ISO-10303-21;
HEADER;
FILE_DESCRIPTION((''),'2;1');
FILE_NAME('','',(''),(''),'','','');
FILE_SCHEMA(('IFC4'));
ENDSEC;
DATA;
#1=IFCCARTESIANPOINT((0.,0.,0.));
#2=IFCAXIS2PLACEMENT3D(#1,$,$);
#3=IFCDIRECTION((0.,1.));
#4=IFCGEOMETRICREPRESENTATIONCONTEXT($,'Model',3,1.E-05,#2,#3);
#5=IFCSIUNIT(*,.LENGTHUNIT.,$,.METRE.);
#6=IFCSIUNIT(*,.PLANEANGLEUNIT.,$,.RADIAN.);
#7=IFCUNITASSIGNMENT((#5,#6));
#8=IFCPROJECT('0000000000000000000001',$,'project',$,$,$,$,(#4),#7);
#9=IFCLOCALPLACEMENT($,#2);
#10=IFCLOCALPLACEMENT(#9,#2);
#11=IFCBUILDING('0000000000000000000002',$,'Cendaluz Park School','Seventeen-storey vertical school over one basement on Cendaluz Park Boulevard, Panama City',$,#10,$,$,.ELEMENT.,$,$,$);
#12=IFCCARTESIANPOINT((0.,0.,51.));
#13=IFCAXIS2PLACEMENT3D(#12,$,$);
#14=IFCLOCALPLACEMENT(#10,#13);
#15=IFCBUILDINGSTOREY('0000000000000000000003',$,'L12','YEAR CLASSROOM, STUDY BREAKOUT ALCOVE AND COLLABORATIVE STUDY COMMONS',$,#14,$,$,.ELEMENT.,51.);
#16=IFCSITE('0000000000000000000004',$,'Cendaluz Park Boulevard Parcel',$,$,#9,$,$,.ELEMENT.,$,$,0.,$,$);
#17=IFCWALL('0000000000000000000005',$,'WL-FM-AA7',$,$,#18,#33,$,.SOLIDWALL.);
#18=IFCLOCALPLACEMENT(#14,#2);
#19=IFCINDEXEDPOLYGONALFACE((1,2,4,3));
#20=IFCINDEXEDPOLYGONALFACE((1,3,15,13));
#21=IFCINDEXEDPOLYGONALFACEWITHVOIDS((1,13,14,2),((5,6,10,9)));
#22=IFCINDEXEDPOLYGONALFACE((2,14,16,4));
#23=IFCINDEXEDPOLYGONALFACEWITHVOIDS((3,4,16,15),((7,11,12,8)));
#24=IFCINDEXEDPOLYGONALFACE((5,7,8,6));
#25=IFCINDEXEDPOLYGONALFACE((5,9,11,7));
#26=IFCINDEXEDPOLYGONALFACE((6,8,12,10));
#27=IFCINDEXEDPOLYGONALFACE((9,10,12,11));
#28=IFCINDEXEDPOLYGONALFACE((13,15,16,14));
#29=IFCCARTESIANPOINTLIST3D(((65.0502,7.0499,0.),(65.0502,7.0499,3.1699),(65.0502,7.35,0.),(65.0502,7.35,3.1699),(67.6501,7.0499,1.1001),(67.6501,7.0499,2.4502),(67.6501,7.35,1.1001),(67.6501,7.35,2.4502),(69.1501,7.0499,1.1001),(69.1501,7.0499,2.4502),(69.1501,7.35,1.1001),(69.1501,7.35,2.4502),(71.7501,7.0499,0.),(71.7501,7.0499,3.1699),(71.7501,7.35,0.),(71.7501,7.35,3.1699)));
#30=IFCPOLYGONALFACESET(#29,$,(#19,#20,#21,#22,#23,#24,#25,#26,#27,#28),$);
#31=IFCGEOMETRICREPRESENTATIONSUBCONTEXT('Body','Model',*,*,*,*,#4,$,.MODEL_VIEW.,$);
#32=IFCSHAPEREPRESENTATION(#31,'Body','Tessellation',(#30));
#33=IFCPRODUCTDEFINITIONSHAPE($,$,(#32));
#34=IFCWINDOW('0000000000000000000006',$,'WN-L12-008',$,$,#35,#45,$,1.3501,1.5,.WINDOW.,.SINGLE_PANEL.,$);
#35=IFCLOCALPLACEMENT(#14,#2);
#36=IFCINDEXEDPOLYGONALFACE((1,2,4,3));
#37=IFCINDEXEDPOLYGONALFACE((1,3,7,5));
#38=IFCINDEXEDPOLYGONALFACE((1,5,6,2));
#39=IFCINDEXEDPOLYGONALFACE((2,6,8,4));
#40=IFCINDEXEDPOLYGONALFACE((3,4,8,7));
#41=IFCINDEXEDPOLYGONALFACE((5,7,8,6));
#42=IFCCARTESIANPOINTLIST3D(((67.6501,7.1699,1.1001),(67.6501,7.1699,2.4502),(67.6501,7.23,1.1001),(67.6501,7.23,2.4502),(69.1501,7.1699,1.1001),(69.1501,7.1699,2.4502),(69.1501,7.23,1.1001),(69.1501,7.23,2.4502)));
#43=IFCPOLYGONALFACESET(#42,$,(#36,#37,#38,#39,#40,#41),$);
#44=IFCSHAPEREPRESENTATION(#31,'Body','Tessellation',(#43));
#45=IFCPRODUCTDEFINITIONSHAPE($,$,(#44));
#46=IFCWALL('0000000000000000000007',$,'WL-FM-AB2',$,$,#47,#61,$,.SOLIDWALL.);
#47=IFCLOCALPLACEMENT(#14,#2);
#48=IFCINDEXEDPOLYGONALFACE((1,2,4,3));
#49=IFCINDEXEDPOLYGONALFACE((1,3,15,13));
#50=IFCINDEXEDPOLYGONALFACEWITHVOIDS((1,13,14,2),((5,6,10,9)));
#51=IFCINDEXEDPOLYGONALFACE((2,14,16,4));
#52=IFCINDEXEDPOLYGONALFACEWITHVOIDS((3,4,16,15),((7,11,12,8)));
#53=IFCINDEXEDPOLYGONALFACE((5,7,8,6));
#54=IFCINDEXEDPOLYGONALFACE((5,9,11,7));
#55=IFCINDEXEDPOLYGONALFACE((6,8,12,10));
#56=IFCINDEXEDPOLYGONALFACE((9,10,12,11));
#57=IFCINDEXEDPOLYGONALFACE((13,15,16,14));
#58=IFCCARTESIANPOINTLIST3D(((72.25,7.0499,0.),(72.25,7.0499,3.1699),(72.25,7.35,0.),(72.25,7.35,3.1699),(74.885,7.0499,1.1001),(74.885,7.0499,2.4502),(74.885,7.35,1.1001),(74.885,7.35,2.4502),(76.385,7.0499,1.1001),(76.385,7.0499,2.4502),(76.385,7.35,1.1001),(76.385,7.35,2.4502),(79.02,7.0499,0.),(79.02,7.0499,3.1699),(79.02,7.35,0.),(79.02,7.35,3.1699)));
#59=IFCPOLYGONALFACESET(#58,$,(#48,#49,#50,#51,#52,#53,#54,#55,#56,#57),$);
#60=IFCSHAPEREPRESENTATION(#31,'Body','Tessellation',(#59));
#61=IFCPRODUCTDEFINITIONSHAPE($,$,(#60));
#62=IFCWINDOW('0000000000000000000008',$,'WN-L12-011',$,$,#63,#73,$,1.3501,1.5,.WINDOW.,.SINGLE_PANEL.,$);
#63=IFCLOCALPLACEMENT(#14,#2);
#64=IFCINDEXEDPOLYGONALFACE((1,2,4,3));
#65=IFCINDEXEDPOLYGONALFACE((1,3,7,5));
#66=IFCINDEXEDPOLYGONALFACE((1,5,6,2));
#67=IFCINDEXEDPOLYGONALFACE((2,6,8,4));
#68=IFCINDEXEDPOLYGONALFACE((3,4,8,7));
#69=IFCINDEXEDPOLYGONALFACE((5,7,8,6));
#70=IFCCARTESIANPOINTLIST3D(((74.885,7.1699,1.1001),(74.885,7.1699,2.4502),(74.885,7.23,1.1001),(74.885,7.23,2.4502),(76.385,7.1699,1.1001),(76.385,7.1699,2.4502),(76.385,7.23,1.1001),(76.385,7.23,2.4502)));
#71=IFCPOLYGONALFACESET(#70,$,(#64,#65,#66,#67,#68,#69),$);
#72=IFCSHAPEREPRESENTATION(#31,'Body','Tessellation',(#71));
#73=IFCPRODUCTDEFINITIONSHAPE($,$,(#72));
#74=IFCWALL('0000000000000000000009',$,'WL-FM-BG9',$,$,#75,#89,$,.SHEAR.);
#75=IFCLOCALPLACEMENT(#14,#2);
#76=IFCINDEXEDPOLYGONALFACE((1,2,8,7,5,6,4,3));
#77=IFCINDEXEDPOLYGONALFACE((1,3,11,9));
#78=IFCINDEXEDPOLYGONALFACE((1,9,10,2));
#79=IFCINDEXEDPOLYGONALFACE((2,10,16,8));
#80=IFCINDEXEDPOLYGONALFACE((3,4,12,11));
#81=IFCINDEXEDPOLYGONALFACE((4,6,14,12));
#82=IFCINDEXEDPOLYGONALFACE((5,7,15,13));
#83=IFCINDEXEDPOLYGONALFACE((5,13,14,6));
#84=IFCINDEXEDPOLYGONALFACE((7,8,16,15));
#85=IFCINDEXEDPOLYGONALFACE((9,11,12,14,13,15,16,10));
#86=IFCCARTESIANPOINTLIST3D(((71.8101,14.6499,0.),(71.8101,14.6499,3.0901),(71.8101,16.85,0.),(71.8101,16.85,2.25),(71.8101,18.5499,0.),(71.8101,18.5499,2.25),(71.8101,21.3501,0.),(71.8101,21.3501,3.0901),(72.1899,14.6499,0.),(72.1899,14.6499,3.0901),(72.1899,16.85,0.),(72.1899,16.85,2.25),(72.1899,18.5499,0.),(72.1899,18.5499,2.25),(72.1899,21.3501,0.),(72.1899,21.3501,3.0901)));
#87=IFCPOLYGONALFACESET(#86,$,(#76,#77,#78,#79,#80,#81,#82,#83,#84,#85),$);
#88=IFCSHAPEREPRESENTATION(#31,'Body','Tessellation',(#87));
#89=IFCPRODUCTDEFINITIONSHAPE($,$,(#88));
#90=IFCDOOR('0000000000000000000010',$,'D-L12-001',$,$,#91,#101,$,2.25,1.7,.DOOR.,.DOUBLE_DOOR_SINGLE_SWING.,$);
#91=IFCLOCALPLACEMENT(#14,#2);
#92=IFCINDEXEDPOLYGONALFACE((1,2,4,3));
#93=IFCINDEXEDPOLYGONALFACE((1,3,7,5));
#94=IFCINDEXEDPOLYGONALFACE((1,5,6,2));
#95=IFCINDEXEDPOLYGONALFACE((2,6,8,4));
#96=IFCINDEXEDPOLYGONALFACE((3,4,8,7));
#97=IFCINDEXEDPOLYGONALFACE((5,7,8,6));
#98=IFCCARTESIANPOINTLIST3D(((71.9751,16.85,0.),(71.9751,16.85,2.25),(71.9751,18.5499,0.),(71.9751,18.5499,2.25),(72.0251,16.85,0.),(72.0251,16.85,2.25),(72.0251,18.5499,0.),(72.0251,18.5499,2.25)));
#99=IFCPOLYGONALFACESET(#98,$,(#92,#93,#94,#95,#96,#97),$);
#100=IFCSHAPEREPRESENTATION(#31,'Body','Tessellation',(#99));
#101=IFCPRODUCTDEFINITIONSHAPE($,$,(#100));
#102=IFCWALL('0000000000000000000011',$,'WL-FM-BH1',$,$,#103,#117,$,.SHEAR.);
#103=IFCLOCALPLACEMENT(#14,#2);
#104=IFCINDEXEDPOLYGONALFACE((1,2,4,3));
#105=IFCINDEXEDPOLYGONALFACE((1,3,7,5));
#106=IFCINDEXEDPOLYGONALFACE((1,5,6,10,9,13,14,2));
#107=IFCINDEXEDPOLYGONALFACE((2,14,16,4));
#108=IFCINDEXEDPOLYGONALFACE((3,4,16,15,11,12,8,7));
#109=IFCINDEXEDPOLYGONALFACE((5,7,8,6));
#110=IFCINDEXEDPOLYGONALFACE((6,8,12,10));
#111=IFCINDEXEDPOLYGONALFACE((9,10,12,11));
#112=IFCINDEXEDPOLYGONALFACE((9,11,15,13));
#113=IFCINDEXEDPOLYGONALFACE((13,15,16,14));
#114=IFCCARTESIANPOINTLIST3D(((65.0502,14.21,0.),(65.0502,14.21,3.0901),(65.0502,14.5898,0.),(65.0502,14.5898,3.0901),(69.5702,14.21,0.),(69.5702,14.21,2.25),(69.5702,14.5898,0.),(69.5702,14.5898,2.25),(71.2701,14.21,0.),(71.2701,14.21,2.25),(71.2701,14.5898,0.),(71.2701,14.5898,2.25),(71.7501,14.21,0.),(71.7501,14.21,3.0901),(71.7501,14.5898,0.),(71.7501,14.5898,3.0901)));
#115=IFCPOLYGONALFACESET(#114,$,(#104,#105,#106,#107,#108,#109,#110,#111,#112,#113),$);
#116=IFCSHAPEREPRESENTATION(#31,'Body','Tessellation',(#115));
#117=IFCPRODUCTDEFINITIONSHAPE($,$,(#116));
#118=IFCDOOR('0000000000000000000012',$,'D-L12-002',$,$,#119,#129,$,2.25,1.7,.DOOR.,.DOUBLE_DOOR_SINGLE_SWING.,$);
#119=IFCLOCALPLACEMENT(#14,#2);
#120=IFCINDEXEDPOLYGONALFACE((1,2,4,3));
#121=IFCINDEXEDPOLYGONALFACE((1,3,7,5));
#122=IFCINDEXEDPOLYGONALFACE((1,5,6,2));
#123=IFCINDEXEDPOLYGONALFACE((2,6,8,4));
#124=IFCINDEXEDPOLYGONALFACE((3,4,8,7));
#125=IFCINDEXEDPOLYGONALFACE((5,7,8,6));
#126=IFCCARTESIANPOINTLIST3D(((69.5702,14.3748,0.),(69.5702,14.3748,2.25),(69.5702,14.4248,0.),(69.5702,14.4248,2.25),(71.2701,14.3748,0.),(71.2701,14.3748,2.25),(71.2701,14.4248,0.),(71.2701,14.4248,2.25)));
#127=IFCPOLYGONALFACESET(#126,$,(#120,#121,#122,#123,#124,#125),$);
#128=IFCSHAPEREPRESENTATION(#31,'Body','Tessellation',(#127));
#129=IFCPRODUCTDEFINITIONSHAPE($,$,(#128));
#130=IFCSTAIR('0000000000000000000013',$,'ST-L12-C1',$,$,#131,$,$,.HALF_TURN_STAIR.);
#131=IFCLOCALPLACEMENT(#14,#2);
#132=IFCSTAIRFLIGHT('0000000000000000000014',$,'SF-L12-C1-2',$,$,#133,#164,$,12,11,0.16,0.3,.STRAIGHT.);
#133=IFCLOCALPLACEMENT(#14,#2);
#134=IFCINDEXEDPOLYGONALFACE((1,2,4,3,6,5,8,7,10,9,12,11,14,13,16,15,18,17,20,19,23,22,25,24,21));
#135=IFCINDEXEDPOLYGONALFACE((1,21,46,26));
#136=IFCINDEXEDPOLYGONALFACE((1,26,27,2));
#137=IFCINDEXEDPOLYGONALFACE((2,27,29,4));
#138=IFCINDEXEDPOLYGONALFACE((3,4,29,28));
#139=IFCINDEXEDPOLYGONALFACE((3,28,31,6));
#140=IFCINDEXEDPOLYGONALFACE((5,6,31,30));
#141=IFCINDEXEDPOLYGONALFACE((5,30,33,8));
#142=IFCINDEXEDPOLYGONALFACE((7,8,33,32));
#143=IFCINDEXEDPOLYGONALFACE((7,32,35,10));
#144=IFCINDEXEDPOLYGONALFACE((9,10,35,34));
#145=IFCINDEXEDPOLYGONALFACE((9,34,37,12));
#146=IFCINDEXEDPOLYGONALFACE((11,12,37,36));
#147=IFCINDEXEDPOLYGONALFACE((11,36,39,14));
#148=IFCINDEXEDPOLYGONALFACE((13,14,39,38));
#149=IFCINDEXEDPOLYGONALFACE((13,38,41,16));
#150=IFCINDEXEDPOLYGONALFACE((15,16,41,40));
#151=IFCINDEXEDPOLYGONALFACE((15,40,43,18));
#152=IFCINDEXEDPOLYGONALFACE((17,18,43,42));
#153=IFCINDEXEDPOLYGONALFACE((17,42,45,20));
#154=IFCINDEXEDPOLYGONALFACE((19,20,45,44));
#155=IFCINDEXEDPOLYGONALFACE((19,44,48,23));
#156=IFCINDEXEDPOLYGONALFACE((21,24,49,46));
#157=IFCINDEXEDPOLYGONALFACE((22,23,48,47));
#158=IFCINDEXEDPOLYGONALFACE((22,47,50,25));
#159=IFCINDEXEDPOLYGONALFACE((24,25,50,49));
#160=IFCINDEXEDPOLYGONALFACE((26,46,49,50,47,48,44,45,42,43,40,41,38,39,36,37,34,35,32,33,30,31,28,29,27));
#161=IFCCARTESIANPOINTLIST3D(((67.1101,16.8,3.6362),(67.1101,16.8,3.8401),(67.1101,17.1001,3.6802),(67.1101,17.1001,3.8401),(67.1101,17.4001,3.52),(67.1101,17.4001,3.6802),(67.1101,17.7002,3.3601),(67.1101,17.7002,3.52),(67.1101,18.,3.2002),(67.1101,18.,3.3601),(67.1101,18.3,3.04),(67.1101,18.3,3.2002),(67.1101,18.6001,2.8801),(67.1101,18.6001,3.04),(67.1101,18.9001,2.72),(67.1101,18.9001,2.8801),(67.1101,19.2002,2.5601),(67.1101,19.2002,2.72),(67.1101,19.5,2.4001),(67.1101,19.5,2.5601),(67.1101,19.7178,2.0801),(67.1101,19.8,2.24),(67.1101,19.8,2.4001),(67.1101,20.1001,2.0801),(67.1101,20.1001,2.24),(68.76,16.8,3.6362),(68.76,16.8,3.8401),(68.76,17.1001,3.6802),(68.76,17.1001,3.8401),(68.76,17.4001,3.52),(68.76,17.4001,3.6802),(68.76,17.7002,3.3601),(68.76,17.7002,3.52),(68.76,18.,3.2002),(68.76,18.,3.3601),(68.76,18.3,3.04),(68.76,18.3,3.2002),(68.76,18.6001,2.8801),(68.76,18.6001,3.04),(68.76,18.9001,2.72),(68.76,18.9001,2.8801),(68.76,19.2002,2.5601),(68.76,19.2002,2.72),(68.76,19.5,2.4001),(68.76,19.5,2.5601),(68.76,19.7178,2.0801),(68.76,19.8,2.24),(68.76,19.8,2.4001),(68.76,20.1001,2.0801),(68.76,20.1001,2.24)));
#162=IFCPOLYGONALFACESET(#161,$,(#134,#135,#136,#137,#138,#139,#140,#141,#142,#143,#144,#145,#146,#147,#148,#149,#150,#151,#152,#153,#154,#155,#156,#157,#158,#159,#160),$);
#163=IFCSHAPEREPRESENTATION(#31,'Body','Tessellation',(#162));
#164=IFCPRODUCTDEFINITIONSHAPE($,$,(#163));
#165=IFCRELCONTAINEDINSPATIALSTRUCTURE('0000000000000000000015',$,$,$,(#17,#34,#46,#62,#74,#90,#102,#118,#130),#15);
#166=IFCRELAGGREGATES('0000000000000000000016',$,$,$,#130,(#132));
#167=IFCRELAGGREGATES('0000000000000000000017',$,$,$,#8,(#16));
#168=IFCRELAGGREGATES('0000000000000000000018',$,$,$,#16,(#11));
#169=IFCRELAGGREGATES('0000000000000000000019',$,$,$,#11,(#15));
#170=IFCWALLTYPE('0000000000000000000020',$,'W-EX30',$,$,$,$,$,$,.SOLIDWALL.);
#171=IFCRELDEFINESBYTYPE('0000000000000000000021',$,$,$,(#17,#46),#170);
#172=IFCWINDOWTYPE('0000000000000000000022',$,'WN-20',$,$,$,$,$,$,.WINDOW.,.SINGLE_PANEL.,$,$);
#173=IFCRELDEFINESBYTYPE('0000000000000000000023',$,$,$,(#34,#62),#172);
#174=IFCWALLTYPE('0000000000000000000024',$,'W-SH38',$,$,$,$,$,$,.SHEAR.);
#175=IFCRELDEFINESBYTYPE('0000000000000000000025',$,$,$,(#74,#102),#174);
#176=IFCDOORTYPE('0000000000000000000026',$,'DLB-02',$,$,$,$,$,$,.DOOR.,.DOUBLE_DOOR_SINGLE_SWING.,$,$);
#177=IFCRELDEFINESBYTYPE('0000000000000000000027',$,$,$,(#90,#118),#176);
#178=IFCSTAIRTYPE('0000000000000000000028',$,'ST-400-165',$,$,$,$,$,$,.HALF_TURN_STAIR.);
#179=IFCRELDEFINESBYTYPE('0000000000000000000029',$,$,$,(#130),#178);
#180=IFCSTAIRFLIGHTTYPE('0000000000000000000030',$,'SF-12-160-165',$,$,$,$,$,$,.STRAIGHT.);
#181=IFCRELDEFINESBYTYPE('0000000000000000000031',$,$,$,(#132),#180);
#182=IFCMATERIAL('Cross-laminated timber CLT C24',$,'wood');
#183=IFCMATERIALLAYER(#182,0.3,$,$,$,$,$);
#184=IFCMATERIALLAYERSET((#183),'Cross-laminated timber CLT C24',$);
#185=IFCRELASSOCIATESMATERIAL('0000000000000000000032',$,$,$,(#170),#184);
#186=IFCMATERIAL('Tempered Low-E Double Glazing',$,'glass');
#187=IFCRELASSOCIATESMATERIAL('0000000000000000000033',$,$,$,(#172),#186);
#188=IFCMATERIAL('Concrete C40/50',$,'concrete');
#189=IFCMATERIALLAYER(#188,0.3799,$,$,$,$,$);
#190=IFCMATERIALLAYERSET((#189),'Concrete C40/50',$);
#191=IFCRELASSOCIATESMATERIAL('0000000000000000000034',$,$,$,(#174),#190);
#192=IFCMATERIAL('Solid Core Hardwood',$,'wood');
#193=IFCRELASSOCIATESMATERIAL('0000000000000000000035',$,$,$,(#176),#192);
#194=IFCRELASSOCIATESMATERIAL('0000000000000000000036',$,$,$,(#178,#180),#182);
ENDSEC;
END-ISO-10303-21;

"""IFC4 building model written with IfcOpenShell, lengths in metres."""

from ifc_helpers import new_model, si_unit, direction, frame, frame_2d, origin, place, context, subcontext, project, spatial, polyline, rectangle, outline, extrude, material, layer, layer_set, type_object, element, fill, aggregate, save


model = new_model("IFC4")

# Units and contexts
model_context = context("Model", 3, precision=1e-05, world=origin(), true_north=direction((0.0, 1.0)))
body_context = subcontext(model_context, "Body", "Model", "MODEL_VIEW")
ifc_project = project(units=[si_unit("LENGTHUNIT", "METRE"), si_unit("PLANEANGLEUNIT", "RADIAN")], contexts=[model_context])

# Site, building, storey
site_placement = place(None, origin())
site = spatial("IfcSite", under=ifc_project, at=site_placement, Name="Cendaluz Park Boulevard Parcel", CompositionType="ELEMENT", RefElevation=0.0)
building_placement = place(site_placement, origin())
building = spatial("IfcBuilding", under=site, at=building_placement, Name="Cendaluz Park School", Description="Seventeen-storey vertical school over one basement on Cendaluz Park Boulevard, Panama City", CompositionType="ELEMENT")
storey_placement = place(building_placement, frame((0.0, 0.0, 51.0)))
storey = spatial("IfcBuildingStorey", under=building, at=storey_placement, Name="L12", Description="YEAR CLASSROOM, STUDY BREAKOUT ALCOVE AND COLLABORATIVE STUDY COMMONS", CompositionType="ELEMENT", Elevation=51.0)

# Walls, openings, windows
ifc_material_1 = material(Name="Cross-laminated timber CLT C24", Category="wood")
ifc_layer_1 = layer(ifc_material_1, 0.3)
ifc_layer_set_1 = layer_set([ifc_layer_1], Name="Cross-laminated timber CLT C24")
wall_type_1 = type_object("IfcWallType", Name="W-EX30", PredefinedType="SOLIDWALL", material=ifc_layer_set_1)
wall_1_placement = place(storey_placement, frame((65.05, 7.2, 0.0), z_axis=(0.0, 0.0, 1.0), x_axis=(1.0, 0.0, 0.0)))
wall_1 = element("IfcWall", 1, at=wall_1_placement, inside=storey, type_object=wall_type_1, Name="WL-FM-AA7", PredefinedType="SOLIDWALL", context=body_context, shape_type="SweptSolid", body=[
    extrude(rectangle(XDim=6.7, YDim=0.3, at=frame_2d((3.3501, 0.0))), origin(), (0.0, 0.0, 1.0), 3.1699),
])
opening_1_placement = place(wall_1_placement, frame((2.6001, 0.0, 1.1001)))
opening_1 = element("IfcOpeningElement", 2, at=opening_1_placement, cuts=wall_1, PredefinedType="OPENING", context=body_context, shape_type="SweptSolid", body=[
    extrude(rectangle(XDim=1.5, YDim=1.3501, at=frame_2d((0.75, 0.675))), frame((0.0, 0.1621, 0.0), z_axis=(0.0, -1.0, 0.0), x_axis=(1.0, 0.0, 0.0)), (0.0, 0.0, 1.0), 0.324),
])
ifc_material_2 = material(Name="Tempered Low-E Double Glazing", Category="glass")
window_type = type_object("IfcWindowType", Name="WN-20", PartitioningType="SINGLE_PANEL", PredefinedType="WINDOW", material=ifc_material_2)
window_1_placement = place(opening_1_placement, origin())
window_1 = element("IfcWindow", 3, at=window_1_placement, inside=storey, type_object=window_type, Name="WN-L12-008", OverallHeight=1.3501, OverallWidth=1.5, PartitioningType="SINGLE_PANEL", PredefinedType="WINDOW", context=body_context, shape_type="SweptSolid", body=[
    extrude(rectangle(XDim=1.5, YDim=1.3501, at=frame_2d((0.75, 0.675))), frame((0.0, 0.03, 0.0), z_axis=(0.0, -1.0, 0.0), x_axis=(1.0, 0.0, 0.0)), (0.0, 0.0, 1.0), 0.0601),
])
fill(opening_1, window_1)
wall_2_placement = place(storey_placement, frame((72.25, 7.2, 0.0), z_axis=(0.0, 0.0, 1.0), x_axis=(1.0, 0.0, 0.0)))
wall_2 = element("IfcWall", 4, at=wall_2_placement, inside=storey, type_object=wall_type_1, Name="WL-FM-AB2", PredefinedType="SOLIDWALL", context=body_context, shape_type="SweptSolid", body=[
    extrude(rectangle(XDim=6.77, YDim=0.3, at=frame_2d((3.385, 0.0))), origin(), (0.0, 0.0, 1.0), 3.1699),
])
opening_2_placement = place(wall_2_placement, frame((2.635, 0.0, 1.1001)))
opening_2 = element("IfcOpeningElement", 5, at=opening_2_placement, cuts=wall_2, PredefinedType="OPENING", context=body_context, shape_type="SweptSolid", body=[
    extrude(rectangle(XDim=1.5, YDim=1.3501, at=frame_2d((0.75, 0.675))), frame((0.0, 0.1621, 0.0), z_axis=(0.0, -1.0, 0.0), x_axis=(1.0, 0.0, 0.0)), (0.0, 0.0, 1.0), 0.324),
])
window_2_placement = place(opening_2_placement, origin())
window_2 = element("IfcWindow", 6, at=window_2_placement, inside=storey, type_object=window_type, Name="WN-L12-011", OverallHeight=1.3501, OverallWidth=1.5, PartitioningType="SINGLE_PANEL", PredefinedType="WINDOW", context=body_context, shape_type="SweptSolid", body=[
    extrude(rectangle(XDim=1.5, YDim=1.3501, at=frame_2d((0.75, 0.675))), frame((0.0, 0.03, 0.0), z_axis=(0.0, -1.0, 0.0), x_axis=(1.0, 0.0, 0.0)), (0.0, 0.0, 1.0), 0.0601),
])
fill(opening_2, window_2)

# Shared definitions
ifc_material_3 = material(Name="Concrete C40/50", Category="concrete")
ifc_material_4 = material(Name="Solid Core Hardwood", Category="wood")

# Walls, openings, doors
ifc_layer_2 = layer(ifc_material_3, 0.3799)
ifc_layer_set_2 = layer_set([ifc_layer_2], Name="Concrete C40/50")
wall_type_2 = type_object("IfcWallType", Name="W-SH38", PredefinedType="SHEAR", material=ifc_layer_set_2)
wall_3_placement = place(storey_placement, frame((72.0, 14.6499, 0.0), z_axis=(0.0, 0.0, 1.0), x_axis=(0.0, 1.0, 0.0)))
wall_3 = element("IfcWall", 7, at=wall_3_placement, inside=storey, type_object=wall_type_2, Name="WL-FM-BG9", PredefinedType="SHEAR", context=body_context, shape_type="SweptSolid", body=[
    extrude(rectangle(XDim=6.7002, YDim=0.3799, at=frame_2d((3.3501, 0.0))), origin(), (0.0, 0.0, 1.0), 3.0901),
])
opening_3_placement = place(wall_3_placement, frame((2.2, 0.0, 0.0)))
opening_3 = element("IfcOpeningElement", 8, at=opening_3_placement, cuts=wall_3, PredefinedType="OPENING", context=body_context, shape_type="SweptSolid", body=[
    extrude(rectangle(XDim=1.7, YDim=2.25, at=frame_2d((0.8501, 1.125))), frame((0.0, 0.2019, 0.0), z_axis=(0.0, -1.0, 0.0), x_axis=(1.0, 0.0, 0.0)), (0.0, 0.0, 1.0), 0.4038),
])
door_type_1 = type_object("IfcDoorType", Name="DLB-02", OperationType="DOUBLE_DOOR_SINGLE_SWING", PredefinedType="DOOR", material=ifc_material_4)
door_1_placement = place(opening_3_placement, origin())
door_1 = element("IfcDoor", 9, at=door_1_placement, inside=storey, type_object=door_type_1, Name="D-L12-001", OperationType="DOUBLE_DOOR_SINGLE_SWING", OverallHeight=2.25, OverallWidth=1.7, PredefinedType="DOOR", context=body_context, shape_type="SweptSolid", body=[
    extrude(rectangle(XDim=1.7, YDim=2.25, at=frame_2d((0.8501, 1.125))), frame((0.0, 0.0249, 0.0), z_axis=(0.0, -1.0, 0.0), x_axis=(1.0, 0.0, 0.0)), (0.0, 0.0, 1.0), 0.05),
])
fill(opening_3, door_1)
wall_4_placement = place(storey_placement, frame((65.05, 14.3999, 0.0), z_axis=(0.0, 0.0, 1.0), x_axis=(1.0, 0.0, 0.0)))
wall_4 = element("IfcWall", 10, at=wall_4_placement, inside=storey, type_object=wall_type_2, Name="WL-FM-BH1", PredefinedType="SHEAR", context=body_context, shape_type="SweptSolid", body=[
    extrude(rectangle(XDim=6.7, YDim=0.3799, at=frame_2d((3.3501, 0.0))), origin(), (0.0, 0.0, 1.0), 3.0901),
])
opening_4_placement = place(wall_4_placement, frame((4.52, 0.0, 0.0)))
opening_4 = element("IfcOpeningElement", 11, at=opening_4_placement, cuts=wall_4, PredefinedType="OPENING", context=body_context, shape_type="SweptSolid", body=[
    extrude(rectangle(XDim=1.7, YDim=2.25, at=frame_2d((0.8501, 1.125))), frame((0.0, 0.2019, 0.0), z_axis=(0.0, -1.0, 0.0), x_axis=(1.0, 0.0, 0.0)), (0.0, 0.0, 1.0), 0.4038),
])
door_2_placement = place(opening_4_placement, origin())
door_2 = element("IfcDoor", 12, at=door_2_placement, inside=storey, type_object=door_type_1, Name="D-L12-002", OperationType="DOUBLE_DOOR_SINGLE_SWING", OverallHeight=2.25, OverallWidth=1.7, PredefinedType="DOOR", context=body_context, shape_type="SweptSolid", body=[
    extrude(rectangle(XDim=1.7, YDim=2.25, at=frame_2d((0.8501, 1.125))), frame((0.0, 0.0249, 0.0), z_axis=(0.0, -1.0, 0.0), x_axis=(1.0, 0.0, 0.0)), (0.0, 0.0, 1.0), 0.05),
])
fill(opening_4, door_2)

# Stair, stair flight
stair_type = type_object("IfcStairType", Name="ST-400-165", PredefinedType="HALF_TURN_STAIR", material=ifc_material_1)
stair_placement = place(storey_placement, origin())
stair = element("IfcStair", 13, at=stair_placement, inside=storey, type_object=stair_type, Name="ST-L12-C1", PredefinedType="HALF_TURN_STAIR")
stair_flight_type_1 = type_object("IfcStairFlightType", Name="SF-12-160-165", PredefinedType="STRAIGHT", material=ifc_material_1)
stair_flight_1_placement = place(storey_placement, frame((67.9351, 20.1001, 2.0801), z_axis=(0.0, 0.0, 1.0), x_axis=(0.0, -1.0, 0.0)))
stair_flight_1 = element("IfcStairFlight", 14, at=stair_flight_1_placement, type_object=stair_flight_type_1, Name="SF-L12-C1-2", NumberOfRisers=12, NumberOfTreads=11, PredefinedType="STRAIGHT", RiserHeight=0.16, TreadLength=0.3, context=body_context, shape_type="SweptSolid", body=[
    extrude(outline(polyline([(0.0, 0.0), (0.0, 0.1599), (0.3, 0.1599), (0.3, 0.3201), (0.6001, 0.3201), (0.6001, 0.48), (0.8999, 0.48), (0.8999, 0.6399), (1.2, 0.6399), (1.2, 0.8), (1.5, 0.8), (1.5, 0.96), (1.8, 0.96), (1.8, 1.1201), (2.1001, 1.1201), (2.1001, 1.28), (2.3999, 1.28), (2.3999, 1.4399), (2.7, 1.4399), (2.7, 1.6001), (3.0, 1.6001), (3.0, 1.76), (3.3, 1.76), (3.3, 1.9199), (3.3, 1.5562), (0.3823, 0.0), (0.0, 0.0)])), frame((0.0, 0.825, 0.0), z_axis=(0.0, -1.0, 0.0), x_axis=(1.0, 0.0, 0.0)), (0.0, 0.0, 1.0), 1.6499),
])
aggregate(stair, [stair_flight_1])

save(model, "model.ifc")
